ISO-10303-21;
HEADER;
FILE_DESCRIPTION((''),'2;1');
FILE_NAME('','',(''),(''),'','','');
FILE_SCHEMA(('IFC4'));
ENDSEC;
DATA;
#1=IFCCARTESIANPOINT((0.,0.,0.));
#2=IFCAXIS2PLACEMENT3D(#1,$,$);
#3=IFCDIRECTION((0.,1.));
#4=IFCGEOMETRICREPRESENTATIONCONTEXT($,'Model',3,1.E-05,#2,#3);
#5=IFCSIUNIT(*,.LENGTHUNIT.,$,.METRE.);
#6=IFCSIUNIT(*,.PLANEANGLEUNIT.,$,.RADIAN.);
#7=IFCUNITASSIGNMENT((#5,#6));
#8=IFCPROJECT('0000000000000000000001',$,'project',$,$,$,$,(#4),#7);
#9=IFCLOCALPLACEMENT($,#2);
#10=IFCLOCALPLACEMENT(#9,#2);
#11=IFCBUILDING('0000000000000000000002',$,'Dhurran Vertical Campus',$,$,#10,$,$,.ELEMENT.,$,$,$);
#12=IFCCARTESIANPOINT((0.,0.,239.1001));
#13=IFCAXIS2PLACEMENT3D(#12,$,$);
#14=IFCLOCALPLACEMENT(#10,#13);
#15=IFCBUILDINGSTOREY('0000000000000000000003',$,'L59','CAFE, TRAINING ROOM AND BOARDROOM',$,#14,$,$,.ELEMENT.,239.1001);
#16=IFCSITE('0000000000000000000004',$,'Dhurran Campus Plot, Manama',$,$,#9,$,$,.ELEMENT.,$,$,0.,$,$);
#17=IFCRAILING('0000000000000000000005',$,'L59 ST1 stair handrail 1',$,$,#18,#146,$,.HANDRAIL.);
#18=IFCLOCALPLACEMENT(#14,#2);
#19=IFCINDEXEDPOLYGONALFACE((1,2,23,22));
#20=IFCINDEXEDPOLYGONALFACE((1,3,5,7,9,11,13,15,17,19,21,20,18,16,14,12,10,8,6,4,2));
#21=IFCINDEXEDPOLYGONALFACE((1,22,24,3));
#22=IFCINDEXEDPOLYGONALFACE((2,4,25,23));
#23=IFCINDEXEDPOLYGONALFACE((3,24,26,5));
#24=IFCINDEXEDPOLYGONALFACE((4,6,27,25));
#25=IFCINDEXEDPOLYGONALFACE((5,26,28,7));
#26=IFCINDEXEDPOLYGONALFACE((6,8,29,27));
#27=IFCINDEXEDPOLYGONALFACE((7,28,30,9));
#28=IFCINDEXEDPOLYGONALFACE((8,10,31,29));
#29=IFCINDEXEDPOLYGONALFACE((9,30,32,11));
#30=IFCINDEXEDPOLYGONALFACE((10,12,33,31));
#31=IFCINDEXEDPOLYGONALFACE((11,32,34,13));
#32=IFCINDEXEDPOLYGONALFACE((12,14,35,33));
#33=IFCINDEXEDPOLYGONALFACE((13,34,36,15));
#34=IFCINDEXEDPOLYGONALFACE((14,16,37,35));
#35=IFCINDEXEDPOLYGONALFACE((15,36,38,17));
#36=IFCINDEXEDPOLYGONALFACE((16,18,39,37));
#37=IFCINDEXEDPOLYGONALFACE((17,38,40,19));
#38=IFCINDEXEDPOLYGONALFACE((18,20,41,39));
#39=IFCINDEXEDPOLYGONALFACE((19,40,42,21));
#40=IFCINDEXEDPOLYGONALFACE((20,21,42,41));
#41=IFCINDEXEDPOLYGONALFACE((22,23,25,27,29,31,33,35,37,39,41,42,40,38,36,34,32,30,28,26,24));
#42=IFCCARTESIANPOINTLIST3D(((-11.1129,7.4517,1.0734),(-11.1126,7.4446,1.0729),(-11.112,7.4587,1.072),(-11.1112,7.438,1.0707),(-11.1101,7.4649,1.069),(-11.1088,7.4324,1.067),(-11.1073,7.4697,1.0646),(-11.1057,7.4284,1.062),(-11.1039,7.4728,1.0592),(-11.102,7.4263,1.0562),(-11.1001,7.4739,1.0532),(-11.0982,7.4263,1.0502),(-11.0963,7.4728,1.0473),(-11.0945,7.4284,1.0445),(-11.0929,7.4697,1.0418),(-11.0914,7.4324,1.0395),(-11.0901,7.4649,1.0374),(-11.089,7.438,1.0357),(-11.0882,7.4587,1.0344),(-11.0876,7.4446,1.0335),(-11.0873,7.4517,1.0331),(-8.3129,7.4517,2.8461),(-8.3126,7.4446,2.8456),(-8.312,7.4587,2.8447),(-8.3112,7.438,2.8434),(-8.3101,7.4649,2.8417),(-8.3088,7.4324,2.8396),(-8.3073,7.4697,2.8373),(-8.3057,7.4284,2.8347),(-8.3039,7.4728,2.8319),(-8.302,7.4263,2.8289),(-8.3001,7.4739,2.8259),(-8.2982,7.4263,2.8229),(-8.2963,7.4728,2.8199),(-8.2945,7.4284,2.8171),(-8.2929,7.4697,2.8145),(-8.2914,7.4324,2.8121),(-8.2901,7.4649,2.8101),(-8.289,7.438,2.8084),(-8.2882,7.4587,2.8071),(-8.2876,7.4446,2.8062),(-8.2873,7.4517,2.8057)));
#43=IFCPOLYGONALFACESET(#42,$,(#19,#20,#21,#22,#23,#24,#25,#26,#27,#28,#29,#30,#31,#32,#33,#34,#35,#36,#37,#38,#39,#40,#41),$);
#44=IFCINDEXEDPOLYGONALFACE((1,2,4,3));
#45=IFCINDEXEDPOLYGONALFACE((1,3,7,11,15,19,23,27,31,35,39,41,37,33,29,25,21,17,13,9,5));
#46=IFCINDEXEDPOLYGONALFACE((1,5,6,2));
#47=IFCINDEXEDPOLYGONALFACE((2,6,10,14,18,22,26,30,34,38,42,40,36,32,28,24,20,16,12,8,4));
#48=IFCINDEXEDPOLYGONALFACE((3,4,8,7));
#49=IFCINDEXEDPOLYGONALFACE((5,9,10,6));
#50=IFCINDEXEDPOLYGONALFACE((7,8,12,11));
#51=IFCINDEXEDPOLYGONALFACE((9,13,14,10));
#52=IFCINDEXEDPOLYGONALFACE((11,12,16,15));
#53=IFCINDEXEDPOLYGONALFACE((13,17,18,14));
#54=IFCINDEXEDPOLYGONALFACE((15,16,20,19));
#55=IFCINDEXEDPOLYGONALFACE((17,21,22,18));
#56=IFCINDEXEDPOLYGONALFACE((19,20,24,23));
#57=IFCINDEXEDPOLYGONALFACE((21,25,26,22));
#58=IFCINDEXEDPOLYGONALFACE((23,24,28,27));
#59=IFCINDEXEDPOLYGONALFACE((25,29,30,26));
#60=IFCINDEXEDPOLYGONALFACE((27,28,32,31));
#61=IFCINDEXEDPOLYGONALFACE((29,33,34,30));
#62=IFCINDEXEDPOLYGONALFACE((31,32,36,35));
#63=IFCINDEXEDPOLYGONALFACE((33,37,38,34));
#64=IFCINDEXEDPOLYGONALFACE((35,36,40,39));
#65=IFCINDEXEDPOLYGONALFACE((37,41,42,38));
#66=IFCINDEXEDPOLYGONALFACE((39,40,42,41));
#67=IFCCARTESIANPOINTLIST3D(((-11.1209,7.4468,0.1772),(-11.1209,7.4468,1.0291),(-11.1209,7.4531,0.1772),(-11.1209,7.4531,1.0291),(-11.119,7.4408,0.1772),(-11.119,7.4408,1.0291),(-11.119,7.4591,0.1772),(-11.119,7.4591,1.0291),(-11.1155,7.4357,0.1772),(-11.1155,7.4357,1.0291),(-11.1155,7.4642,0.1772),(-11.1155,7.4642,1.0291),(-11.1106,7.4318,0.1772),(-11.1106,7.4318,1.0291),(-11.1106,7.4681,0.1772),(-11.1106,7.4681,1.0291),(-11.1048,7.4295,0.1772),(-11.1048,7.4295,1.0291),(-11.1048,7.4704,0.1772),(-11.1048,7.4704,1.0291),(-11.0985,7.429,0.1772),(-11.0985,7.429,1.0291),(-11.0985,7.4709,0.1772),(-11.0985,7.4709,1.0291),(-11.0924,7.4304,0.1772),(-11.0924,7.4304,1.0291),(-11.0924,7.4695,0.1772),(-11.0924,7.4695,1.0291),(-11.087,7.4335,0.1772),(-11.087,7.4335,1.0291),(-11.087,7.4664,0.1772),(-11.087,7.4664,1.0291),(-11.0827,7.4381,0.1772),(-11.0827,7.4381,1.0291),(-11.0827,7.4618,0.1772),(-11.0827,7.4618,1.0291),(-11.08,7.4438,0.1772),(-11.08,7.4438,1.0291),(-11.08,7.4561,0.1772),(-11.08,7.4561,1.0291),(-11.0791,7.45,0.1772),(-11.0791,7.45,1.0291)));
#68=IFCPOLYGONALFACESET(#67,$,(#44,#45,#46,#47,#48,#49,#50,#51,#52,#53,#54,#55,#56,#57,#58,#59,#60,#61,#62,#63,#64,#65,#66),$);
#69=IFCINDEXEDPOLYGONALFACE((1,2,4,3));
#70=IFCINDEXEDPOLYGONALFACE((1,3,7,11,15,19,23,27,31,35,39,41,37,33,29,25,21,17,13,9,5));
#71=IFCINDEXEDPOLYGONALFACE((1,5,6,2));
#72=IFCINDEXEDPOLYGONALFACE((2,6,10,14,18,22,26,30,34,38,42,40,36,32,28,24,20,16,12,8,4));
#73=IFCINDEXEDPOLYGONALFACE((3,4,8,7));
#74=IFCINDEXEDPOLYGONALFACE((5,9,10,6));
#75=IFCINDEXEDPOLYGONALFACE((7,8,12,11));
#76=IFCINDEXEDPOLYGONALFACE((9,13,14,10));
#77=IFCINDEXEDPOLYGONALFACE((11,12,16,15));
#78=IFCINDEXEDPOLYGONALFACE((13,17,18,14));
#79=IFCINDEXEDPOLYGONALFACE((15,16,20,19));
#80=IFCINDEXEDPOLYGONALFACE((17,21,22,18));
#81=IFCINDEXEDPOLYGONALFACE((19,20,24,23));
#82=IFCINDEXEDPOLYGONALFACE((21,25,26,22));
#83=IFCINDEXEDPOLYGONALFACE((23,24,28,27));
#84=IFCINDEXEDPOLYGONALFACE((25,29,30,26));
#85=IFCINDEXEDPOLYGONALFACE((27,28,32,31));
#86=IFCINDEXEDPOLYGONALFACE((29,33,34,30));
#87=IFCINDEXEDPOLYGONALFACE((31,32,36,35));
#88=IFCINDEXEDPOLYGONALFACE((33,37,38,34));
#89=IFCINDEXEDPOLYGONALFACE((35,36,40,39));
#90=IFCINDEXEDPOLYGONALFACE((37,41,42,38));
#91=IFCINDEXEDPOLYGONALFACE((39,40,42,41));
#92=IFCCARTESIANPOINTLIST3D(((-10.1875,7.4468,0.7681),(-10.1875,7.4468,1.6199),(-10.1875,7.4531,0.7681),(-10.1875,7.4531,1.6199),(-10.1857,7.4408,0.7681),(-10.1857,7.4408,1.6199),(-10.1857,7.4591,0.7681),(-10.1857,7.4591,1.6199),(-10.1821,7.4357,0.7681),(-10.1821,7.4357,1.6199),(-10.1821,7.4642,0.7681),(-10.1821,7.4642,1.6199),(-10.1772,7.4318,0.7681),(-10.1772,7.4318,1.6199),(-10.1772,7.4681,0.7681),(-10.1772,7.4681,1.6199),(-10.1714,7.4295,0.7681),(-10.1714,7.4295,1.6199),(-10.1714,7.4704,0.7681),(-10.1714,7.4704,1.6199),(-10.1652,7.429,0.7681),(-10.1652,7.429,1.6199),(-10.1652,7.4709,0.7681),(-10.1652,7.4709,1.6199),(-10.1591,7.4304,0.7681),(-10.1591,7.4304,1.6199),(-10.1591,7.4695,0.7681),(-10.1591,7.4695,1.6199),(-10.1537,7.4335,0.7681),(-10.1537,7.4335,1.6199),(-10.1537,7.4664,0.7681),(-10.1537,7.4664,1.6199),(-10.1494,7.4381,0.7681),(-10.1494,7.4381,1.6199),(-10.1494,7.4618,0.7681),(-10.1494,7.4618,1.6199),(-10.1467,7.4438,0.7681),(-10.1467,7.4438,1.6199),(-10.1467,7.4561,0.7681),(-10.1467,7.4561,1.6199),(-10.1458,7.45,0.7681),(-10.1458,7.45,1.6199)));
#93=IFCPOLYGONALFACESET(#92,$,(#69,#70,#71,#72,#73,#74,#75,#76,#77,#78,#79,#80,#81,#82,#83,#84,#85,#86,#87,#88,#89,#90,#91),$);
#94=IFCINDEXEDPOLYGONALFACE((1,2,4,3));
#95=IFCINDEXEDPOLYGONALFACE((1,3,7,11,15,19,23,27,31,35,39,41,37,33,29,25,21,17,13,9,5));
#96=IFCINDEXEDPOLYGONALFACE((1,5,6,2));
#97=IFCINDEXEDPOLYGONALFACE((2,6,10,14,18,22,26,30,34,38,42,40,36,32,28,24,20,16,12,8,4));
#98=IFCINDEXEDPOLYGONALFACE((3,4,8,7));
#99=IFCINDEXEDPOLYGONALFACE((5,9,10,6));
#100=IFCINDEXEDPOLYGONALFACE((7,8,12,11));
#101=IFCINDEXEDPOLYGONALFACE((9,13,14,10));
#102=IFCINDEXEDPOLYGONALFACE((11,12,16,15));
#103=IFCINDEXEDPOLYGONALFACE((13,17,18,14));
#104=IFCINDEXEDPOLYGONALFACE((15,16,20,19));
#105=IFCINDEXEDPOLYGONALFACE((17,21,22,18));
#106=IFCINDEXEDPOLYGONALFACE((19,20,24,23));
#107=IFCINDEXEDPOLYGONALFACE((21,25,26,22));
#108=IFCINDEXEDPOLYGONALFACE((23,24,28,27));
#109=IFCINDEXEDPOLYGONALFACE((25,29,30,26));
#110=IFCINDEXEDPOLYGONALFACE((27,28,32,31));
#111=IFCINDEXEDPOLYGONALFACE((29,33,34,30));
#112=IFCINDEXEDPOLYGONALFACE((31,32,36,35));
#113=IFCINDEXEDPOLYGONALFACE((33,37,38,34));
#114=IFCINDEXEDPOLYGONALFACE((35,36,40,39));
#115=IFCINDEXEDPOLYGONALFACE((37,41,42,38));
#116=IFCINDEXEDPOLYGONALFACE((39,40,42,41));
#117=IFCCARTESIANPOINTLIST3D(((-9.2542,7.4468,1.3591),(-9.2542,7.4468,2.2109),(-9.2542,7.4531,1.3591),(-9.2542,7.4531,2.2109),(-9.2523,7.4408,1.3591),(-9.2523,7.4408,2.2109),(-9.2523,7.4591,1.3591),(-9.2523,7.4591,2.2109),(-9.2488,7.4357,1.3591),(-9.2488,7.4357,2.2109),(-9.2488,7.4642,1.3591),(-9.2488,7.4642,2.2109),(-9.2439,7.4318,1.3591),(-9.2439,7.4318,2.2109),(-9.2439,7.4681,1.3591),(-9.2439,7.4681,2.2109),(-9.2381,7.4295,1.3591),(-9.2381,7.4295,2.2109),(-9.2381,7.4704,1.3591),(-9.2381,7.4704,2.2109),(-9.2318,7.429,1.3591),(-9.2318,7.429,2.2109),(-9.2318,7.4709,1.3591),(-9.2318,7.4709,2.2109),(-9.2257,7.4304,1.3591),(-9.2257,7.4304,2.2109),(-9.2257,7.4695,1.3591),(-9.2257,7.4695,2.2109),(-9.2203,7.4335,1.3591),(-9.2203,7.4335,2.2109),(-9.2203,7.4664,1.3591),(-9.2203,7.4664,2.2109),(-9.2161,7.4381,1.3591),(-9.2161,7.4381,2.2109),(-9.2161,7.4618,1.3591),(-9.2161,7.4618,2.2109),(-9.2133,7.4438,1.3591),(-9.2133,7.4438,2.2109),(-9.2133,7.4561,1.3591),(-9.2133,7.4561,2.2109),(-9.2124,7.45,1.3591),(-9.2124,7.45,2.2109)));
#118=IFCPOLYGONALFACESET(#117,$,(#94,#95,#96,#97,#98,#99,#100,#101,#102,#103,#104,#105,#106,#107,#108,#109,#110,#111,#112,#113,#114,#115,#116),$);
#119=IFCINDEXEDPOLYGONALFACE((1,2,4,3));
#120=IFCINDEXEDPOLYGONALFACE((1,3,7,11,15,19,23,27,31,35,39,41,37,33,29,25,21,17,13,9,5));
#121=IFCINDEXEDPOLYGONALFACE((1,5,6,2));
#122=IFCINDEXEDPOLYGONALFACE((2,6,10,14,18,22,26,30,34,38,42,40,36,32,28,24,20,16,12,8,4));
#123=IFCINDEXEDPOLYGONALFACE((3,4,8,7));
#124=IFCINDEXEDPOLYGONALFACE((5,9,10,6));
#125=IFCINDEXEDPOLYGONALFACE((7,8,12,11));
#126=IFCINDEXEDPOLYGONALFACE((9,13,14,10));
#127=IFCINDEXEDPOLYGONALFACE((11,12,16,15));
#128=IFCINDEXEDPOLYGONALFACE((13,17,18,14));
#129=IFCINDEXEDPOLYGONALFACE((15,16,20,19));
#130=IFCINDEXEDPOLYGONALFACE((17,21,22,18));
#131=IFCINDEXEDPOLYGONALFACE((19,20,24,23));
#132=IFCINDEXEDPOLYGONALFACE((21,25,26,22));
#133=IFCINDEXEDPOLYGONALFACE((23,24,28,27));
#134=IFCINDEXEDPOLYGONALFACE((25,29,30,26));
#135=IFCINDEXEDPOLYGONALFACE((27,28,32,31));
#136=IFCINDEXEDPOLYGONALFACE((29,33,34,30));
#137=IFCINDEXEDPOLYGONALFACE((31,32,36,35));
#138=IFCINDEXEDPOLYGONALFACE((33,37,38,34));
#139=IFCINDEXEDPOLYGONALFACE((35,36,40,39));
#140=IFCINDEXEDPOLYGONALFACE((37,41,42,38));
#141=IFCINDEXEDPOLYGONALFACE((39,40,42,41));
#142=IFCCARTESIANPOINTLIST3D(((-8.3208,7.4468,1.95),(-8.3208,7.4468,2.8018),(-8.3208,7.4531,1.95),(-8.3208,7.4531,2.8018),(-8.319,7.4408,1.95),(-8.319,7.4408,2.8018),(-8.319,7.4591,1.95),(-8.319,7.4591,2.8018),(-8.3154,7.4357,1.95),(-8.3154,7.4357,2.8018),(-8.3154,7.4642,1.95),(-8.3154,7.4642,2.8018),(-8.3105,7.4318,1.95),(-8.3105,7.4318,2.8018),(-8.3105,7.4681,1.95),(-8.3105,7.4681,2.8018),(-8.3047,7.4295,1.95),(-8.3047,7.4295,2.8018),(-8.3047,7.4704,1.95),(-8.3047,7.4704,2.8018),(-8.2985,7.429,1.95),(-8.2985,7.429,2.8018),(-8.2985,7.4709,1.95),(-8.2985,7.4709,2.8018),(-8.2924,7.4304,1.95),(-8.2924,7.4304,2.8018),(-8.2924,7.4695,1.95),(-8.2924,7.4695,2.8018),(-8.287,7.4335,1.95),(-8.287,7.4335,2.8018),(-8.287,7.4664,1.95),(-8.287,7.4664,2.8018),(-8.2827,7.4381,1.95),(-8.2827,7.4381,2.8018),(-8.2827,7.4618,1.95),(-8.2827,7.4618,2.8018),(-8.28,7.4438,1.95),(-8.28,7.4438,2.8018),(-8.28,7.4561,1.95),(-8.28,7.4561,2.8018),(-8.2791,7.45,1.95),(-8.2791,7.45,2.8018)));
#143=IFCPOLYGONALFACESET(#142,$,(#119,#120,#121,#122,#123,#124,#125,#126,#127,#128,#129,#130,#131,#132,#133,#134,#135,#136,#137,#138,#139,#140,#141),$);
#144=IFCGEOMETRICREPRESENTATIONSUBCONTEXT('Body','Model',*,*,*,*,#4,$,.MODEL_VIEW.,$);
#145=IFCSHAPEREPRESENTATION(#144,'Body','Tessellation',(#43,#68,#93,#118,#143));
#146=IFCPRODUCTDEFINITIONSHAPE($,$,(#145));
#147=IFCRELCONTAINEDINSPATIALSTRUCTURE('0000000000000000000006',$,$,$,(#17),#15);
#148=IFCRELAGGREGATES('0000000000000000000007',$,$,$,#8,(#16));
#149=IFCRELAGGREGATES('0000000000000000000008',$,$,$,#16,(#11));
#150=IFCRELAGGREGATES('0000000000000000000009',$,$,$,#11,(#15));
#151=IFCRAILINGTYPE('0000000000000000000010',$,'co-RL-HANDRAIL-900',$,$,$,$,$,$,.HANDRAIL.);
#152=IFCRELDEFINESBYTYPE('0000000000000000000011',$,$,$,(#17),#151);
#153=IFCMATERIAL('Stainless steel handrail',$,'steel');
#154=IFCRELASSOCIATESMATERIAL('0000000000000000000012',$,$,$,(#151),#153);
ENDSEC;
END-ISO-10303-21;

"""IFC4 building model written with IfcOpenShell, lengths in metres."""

from ifc_helpers import new_model, si_unit, direction, frame, origin, origin_2d, place, context, subcontext, project, spatial, circle, extrude, material, type_object, element, save


model = new_model("IFC4")

# Units and contexts
model_context = context("Model", 3, precision=1e-05, world=origin(), true_north=direction((0.0, 1.0)))
body_context = subcontext(model_context, "Body", "Model", "MODEL_VIEW")
ifc_project = project(units=[si_unit("LENGTHUNIT", "METRE"), si_unit("PLANEANGLEUNIT", "RADIAN")], contexts=[model_context])

# Site, building, storey
site_placement = place(None, origin())
site = spatial("IfcSite", under=ifc_project, at=site_placement, Name="Dhurran Campus Plot, Manama", CompositionType="ELEMENT", RefElevation=0.0)
building_placement = place(site_placement, origin())
building = spatial("IfcBuilding", under=site, at=building_placement, Name="Dhurran Vertical Campus", CompositionType="ELEMENT")
storey_placement = place(building_placement, frame((0.0, 0.0, 239.1001)))
storey = spatial("IfcBuildingStorey", under=building, at=storey_placement, Name="L59", Description="CAFE, TRAINING ROOM AND BOARDROOM", CompositionType="ELEMENT", Elevation=239.1001)

# Railing
ifc_material_1 = material(Name="Stainless steel handrail", Category="steel")
railing_type_1 = type_object("IfcRailingType", Name="co-RL-HANDRAIL-900", PredefinedType="HANDRAIL", material=ifc_material_1)
railing_1_placement = place(storey_placement, frame((-11.1001, 7.45, 0.1772)))
element("IfcRailing", 1, at=railing_1_placement, inside=storey, type_object=railing_type_1, Name="L59 ST1 stair handrail 1", PredefinedType="HANDRAIL", context=body_context, shape_type="SweptSolid", body=[
    extrude(circle(Radius=0.0239, at=origin_2d()), frame((0.0, 0.0, 0.876), z_axis=(0.844909, 0.0, 0.53491), x_axis=(0.0, 1.0, 0.0)), (0.0, 0.0, 1.0), 3.314),
    extrude(circle(Radius=0.021, at=origin_2d()), origin(), (0.0, 0.0, 1.0), 0.8518),
    extrude(circle(Radius=0.021, at=origin_2d()), frame((0.9333, 0.0, 0.5908)), (0.0, 0.0, 1.0), 0.8518),
    extrude(circle(Radius=0.021, at=origin_2d()), frame((1.8667, 0.0, 1.1819)), (0.0, 0.0, 1.0), 0.8518),
    extrude(circle(Radius=0.021, at=origin_2d()), frame((2.8, 0.0, 1.7727)), (0.0, 0.0, 1.0), 0.8518),
])

save(model, "model.ifc")
